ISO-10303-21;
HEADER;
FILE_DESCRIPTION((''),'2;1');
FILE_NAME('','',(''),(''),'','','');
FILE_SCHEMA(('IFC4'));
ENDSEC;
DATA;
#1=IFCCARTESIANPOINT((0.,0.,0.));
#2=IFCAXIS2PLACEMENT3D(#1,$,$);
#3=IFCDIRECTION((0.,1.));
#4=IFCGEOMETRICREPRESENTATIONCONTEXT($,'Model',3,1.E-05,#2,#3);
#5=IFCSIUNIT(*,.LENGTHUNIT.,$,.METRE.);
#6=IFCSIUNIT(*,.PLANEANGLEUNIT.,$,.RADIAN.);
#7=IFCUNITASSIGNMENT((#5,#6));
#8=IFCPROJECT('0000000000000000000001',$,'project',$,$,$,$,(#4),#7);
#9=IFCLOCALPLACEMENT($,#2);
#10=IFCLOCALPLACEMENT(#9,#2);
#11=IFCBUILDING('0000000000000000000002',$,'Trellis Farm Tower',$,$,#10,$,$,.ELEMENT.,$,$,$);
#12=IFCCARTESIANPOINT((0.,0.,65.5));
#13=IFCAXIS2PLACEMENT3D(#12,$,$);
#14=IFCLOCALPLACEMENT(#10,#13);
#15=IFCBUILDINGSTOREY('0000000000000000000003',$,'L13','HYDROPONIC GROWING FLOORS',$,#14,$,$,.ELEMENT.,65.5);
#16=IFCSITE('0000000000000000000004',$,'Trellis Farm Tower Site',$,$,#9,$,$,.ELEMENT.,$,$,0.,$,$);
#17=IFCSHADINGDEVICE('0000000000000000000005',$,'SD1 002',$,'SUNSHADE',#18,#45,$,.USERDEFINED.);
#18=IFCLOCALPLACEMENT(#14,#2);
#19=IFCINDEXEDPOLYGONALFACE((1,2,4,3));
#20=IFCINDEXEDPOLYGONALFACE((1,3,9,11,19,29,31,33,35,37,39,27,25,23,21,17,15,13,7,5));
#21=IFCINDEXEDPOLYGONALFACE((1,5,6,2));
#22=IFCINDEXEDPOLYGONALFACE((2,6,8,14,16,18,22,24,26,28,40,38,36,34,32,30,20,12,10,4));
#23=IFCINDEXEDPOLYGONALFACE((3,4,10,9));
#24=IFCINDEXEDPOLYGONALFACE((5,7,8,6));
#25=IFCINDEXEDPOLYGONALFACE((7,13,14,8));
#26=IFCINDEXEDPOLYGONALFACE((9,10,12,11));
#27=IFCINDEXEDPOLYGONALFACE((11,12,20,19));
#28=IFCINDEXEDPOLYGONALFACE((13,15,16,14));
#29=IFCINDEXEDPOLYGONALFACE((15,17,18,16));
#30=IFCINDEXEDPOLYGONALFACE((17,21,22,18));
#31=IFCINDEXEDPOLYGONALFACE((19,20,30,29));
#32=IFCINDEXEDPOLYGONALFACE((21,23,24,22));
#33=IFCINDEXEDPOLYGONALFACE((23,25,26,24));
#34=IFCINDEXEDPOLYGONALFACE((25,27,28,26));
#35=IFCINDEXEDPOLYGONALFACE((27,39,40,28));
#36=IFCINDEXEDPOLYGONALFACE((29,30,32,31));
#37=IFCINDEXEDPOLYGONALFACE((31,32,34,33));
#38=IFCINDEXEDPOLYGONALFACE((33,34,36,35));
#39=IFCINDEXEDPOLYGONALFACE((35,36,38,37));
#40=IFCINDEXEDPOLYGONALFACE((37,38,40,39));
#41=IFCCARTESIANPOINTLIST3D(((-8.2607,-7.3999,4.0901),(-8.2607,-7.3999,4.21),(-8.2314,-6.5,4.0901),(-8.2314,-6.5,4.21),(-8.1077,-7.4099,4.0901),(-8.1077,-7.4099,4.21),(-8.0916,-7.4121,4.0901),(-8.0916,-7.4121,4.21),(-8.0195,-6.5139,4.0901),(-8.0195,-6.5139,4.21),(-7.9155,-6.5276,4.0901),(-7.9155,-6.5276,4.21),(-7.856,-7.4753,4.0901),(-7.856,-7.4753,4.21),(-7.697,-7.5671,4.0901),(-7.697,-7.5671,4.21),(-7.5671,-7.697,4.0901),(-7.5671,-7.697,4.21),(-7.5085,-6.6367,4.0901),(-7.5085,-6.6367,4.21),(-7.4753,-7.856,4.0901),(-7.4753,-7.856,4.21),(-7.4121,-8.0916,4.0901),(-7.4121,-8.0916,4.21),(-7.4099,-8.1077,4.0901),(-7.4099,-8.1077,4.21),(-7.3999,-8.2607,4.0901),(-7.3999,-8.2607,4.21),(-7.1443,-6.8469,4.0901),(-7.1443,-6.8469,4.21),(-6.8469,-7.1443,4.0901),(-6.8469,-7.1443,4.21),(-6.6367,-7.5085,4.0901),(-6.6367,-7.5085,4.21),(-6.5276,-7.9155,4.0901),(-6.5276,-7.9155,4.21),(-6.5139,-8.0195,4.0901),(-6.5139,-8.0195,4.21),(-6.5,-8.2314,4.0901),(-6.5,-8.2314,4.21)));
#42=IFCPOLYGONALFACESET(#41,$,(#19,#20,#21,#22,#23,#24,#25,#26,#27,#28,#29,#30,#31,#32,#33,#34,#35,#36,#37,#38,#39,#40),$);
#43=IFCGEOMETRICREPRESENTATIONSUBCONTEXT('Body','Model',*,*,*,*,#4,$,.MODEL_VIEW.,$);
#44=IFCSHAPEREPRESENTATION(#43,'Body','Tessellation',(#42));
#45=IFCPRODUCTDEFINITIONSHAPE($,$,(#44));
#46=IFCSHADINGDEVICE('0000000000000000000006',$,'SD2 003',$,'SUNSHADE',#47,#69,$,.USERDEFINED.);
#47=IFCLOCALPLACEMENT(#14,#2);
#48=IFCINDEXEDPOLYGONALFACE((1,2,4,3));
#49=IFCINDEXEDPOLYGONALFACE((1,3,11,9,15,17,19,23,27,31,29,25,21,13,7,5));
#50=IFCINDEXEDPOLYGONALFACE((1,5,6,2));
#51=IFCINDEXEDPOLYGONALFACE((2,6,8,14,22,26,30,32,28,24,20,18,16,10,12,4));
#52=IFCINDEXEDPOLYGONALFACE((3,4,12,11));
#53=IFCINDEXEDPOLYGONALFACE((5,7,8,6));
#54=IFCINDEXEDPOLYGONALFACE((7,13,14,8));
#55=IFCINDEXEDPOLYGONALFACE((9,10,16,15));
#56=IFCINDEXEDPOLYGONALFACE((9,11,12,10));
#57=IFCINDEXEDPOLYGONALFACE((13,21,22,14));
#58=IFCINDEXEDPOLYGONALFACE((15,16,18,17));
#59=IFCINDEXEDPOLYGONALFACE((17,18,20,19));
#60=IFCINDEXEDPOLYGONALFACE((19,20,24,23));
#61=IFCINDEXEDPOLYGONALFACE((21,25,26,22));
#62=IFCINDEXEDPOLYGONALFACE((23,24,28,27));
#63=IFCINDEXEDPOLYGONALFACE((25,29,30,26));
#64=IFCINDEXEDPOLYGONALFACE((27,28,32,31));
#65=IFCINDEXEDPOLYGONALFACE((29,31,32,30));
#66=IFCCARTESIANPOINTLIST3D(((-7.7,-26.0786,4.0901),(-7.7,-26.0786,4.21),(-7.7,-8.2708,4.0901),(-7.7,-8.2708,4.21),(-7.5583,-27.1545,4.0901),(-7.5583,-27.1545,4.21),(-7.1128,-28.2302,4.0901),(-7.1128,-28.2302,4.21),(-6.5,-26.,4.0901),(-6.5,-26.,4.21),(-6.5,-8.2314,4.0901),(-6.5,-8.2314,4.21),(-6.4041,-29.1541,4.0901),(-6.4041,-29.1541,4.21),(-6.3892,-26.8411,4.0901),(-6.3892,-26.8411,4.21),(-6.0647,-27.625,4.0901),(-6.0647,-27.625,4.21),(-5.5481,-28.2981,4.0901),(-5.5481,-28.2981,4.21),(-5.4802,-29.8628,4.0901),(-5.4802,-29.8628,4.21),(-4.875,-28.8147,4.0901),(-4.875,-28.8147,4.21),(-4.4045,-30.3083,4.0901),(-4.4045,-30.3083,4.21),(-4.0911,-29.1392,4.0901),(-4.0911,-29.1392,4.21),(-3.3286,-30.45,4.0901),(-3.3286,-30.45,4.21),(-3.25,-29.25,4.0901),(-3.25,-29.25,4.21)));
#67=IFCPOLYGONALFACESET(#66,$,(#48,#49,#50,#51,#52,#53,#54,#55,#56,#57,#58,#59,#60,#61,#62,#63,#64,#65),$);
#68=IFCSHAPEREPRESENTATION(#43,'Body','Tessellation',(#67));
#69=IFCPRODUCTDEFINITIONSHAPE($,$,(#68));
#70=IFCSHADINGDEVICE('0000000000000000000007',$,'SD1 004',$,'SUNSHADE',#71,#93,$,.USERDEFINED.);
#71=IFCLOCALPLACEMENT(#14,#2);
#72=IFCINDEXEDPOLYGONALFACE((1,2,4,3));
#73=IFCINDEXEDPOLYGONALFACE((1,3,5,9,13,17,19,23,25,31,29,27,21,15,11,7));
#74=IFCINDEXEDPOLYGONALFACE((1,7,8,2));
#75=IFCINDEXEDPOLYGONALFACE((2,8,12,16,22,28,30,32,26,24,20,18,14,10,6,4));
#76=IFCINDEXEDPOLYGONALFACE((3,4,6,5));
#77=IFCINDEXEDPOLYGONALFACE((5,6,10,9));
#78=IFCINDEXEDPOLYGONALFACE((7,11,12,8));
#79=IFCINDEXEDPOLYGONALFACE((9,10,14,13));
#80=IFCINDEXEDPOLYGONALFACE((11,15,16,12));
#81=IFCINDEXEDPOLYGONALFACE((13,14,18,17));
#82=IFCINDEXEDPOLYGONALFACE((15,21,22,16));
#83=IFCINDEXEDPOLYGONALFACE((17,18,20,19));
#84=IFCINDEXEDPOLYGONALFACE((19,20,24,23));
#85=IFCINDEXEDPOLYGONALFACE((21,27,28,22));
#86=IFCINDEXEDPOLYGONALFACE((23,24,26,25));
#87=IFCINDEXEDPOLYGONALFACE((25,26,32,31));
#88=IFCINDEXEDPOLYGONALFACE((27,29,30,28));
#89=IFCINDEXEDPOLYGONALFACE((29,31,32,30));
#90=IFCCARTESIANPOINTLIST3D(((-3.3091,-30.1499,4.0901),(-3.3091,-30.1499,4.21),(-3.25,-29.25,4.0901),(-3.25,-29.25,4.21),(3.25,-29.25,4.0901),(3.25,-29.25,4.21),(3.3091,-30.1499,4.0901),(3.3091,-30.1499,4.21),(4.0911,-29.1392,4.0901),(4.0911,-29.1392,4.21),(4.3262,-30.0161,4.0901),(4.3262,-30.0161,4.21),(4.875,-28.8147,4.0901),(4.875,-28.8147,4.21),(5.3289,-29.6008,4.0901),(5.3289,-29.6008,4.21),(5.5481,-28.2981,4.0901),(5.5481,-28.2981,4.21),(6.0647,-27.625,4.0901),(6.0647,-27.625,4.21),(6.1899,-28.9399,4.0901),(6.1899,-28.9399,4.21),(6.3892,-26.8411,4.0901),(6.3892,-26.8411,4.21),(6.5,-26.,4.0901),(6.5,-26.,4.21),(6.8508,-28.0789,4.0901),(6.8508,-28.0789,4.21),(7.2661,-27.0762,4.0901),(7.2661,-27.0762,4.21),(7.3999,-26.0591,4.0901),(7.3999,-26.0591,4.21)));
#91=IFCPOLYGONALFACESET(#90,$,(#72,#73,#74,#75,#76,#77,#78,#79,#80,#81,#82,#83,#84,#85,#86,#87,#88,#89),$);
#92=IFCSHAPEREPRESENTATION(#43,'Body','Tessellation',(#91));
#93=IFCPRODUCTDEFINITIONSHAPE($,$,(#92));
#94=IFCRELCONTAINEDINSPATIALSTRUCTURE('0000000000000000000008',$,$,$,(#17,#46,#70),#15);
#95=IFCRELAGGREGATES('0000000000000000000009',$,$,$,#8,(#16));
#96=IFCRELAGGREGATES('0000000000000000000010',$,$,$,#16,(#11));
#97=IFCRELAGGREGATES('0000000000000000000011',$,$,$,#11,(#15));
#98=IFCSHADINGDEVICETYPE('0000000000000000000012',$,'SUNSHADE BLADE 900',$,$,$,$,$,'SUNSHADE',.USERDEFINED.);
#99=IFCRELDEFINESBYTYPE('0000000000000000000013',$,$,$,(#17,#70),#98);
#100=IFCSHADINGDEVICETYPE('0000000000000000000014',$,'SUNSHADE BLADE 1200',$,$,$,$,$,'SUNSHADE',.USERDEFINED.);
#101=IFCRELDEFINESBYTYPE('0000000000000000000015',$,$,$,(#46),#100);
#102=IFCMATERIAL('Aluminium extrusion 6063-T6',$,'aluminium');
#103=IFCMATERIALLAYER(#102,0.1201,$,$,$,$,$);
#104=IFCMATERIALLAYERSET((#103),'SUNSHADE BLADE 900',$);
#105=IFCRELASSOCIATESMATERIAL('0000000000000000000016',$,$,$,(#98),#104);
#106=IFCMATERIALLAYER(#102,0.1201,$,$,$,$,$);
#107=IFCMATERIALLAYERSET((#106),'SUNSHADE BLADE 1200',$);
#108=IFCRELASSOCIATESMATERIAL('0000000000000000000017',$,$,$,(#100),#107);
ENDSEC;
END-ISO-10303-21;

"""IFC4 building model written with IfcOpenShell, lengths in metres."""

from ifc_helpers import new_model, si_unit, direction, frame, origin, place, context, subcontext, project, spatial, polyline, outline, extrude, source, transform, mapped, material, layer, layer_set, type_object, element, save


model = new_model("IFC4")

# Units and contexts
model_context = context("Model", 3, precision=1e-05, world=origin(), true_north=direction((0.0, 1.0)))
body_context = subcontext(model_context, "Body", "Model", "MODEL_VIEW")
ifc_project = project(units=[si_unit("LENGTHUNIT", "METRE"), si_unit("PLANEANGLEUNIT", "RADIAN")], contexts=[model_context])

# Site, building, storey
site_placement = place(None, origin())
site = spatial("IfcSite", under=ifc_project, at=site_placement, Name="Trellis Farm Tower Site", CompositionType="ELEMENT", RefElevation=0.0)
building_placement = place(site_placement, origin())
building = spatial("IfcBuilding", under=site, at=building_placement, Name="Trellis Farm Tower", CompositionType="ELEMENT")
storey_placement = place(building_placement, frame((0.0, 0.0, 65.5)))
storey = spatial("IfcBuildingStorey", under=building, at=storey_placement, Name="L13", Description="HYDROPONIC GROWING FLOORS", CompositionType="ELEMENT", Elevation=65.5)

# Shared definitions
ifc_material_1 = material(Name="Aluminium extrusion 6063-T6", Category="aluminium")

# Shading devices
ifc_layer_1 = layer(ifc_material_1, 0.1201)
ifc_layer_set_1 = layer_set([ifc_layer_1], Name="SUNSHADE BLADE 900")
shading_device_type_1 = type_object("IfcShadingDeviceType", Name="SUNSHADE BLADE 900", ElementType="SUNSHADE", PredefinedType="USERDEFINED", material=ifc_layer_set_1)
placement_1 = place(storey_placement, frame((0.0, 0.0, 4.0901)))
shared_shape_1 = source(origin(), body_context, "Body", "SweptSolid", [
    extrude(outline(polyline([(-8.2607, -7.3999), (-8.1077, -7.4099), (-8.0916, -7.4121), (-7.856, -7.4753), (-7.697, -7.5671), (-7.5671, -7.697), (-7.4753, -7.856), (-7.4121, -8.0916), (-7.4099, -8.1077), (-7.3999, -8.2607), (-6.5, -8.2314), (-6.5139, -8.0195), (-6.5276, -7.9155), (-6.6367, -7.5085), (-6.8469, -7.1443), (-7.1443, -6.8469), (-7.5085, -6.6367), (-7.9155, -6.5276), (-8.0195, -6.5139), (-8.2314, -6.5), (-8.2607, -7.3999)])), origin(), (0.0, 0.0, 1.0), 0.1199),
])
element("IfcShadingDevice", 1, at=placement_1, inside=storey, type_object=shading_device_type_1, Name="SD1 002", ObjectType="SUNSHADE", PredefinedType="USERDEFINED", context=body_context, shape_type="MappedRepresentation", body=[
    mapped(shared_shape_1, transform((0.0, 0.0, 0.0))),
])
ifc_layer_2 = layer(ifc_material_1, 0.1201)
ifc_layer_set_2 = layer_set([ifc_layer_2], Name="SUNSHADE BLADE 1200")
shading_device_type_2 = type_object("IfcShadingDeviceType", Name="SUNSHADE BLADE 1200", ElementType="SUNSHADE", PredefinedType="USERDEFINED", material=ifc_layer_set_2)
shared_shape_2 = source(origin(), body_context, "Body", "SweptSolid", [
    extrude(outline(polyline([(-7.7, -8.2708), (-7.7, -26.0786), (-7.5583, -27.1545), (-7.1128, -28.2302), (-6.4041, -29.1541), (-5.4802, -29.8628), (-4.4045, -30.3083), (-3.3286, -30.45), (-3.25, -29.25), (-4.0911, -29.1392), (-4.875, -28.8147), (-5.5481, -28.2981), (-6.0647, -27.625), (-6.3892, -26.8411), (-6.5, -26.0), (-6.5, -8.2314), (-7.7, -8.2708)])), origin(), (0.0, 0.0, 1.0), 0.1199),
])
element("IfcShadingDevice", 2, at=placement_1, inside=storey, type_object=shading_device_type_2, Name="SD2 003", ObjectType="SUNSHADE", PredefinedType="USERDEFINED", context=body_context, shape_type="MappedRepresentation", body=[
    mapped(shared_shape_2, transform((0.0, 0.0, 0.0))),
])
shared_shape_3 = source(origin(), body_context, "Body", "SweptSolid", [
    extrude(outline(polyline([(-3.3091, -30.1499), (3.3091, -30.1499), (4.3262, -30.0161), (5.3289, -29.6008), (6.1899, -28.9399), (6.8508, -28.0789), (7.2661, -27.0762), (7.3999, -26.0591), (6.5, -26.0), (6.3892, -26.8411), (6.0647, -27.625), (5.5481, -28.2981), (4.875, -28.8147), (4.0911, -29.1392), (3.25, -29.25), (-3.25, -29.25), (-3.3091, -30.1499)])), origin(), (0.0, 0.0, 1.0), 0.1199),
])
element("IfcShadingDevice", 3, at=placement_1, inside=storey, type_object=shading_device_type_1, Name="SD1 004", ObjectType="SUNSHADE", PredefinedType="USERDEFINED", context=body_context, shape_type="MappedRepresentation", body=[
    mapped(shared_shape_3, transform((0.0, 0.0, 0.0))),
])

save(model, "model.ifc")
